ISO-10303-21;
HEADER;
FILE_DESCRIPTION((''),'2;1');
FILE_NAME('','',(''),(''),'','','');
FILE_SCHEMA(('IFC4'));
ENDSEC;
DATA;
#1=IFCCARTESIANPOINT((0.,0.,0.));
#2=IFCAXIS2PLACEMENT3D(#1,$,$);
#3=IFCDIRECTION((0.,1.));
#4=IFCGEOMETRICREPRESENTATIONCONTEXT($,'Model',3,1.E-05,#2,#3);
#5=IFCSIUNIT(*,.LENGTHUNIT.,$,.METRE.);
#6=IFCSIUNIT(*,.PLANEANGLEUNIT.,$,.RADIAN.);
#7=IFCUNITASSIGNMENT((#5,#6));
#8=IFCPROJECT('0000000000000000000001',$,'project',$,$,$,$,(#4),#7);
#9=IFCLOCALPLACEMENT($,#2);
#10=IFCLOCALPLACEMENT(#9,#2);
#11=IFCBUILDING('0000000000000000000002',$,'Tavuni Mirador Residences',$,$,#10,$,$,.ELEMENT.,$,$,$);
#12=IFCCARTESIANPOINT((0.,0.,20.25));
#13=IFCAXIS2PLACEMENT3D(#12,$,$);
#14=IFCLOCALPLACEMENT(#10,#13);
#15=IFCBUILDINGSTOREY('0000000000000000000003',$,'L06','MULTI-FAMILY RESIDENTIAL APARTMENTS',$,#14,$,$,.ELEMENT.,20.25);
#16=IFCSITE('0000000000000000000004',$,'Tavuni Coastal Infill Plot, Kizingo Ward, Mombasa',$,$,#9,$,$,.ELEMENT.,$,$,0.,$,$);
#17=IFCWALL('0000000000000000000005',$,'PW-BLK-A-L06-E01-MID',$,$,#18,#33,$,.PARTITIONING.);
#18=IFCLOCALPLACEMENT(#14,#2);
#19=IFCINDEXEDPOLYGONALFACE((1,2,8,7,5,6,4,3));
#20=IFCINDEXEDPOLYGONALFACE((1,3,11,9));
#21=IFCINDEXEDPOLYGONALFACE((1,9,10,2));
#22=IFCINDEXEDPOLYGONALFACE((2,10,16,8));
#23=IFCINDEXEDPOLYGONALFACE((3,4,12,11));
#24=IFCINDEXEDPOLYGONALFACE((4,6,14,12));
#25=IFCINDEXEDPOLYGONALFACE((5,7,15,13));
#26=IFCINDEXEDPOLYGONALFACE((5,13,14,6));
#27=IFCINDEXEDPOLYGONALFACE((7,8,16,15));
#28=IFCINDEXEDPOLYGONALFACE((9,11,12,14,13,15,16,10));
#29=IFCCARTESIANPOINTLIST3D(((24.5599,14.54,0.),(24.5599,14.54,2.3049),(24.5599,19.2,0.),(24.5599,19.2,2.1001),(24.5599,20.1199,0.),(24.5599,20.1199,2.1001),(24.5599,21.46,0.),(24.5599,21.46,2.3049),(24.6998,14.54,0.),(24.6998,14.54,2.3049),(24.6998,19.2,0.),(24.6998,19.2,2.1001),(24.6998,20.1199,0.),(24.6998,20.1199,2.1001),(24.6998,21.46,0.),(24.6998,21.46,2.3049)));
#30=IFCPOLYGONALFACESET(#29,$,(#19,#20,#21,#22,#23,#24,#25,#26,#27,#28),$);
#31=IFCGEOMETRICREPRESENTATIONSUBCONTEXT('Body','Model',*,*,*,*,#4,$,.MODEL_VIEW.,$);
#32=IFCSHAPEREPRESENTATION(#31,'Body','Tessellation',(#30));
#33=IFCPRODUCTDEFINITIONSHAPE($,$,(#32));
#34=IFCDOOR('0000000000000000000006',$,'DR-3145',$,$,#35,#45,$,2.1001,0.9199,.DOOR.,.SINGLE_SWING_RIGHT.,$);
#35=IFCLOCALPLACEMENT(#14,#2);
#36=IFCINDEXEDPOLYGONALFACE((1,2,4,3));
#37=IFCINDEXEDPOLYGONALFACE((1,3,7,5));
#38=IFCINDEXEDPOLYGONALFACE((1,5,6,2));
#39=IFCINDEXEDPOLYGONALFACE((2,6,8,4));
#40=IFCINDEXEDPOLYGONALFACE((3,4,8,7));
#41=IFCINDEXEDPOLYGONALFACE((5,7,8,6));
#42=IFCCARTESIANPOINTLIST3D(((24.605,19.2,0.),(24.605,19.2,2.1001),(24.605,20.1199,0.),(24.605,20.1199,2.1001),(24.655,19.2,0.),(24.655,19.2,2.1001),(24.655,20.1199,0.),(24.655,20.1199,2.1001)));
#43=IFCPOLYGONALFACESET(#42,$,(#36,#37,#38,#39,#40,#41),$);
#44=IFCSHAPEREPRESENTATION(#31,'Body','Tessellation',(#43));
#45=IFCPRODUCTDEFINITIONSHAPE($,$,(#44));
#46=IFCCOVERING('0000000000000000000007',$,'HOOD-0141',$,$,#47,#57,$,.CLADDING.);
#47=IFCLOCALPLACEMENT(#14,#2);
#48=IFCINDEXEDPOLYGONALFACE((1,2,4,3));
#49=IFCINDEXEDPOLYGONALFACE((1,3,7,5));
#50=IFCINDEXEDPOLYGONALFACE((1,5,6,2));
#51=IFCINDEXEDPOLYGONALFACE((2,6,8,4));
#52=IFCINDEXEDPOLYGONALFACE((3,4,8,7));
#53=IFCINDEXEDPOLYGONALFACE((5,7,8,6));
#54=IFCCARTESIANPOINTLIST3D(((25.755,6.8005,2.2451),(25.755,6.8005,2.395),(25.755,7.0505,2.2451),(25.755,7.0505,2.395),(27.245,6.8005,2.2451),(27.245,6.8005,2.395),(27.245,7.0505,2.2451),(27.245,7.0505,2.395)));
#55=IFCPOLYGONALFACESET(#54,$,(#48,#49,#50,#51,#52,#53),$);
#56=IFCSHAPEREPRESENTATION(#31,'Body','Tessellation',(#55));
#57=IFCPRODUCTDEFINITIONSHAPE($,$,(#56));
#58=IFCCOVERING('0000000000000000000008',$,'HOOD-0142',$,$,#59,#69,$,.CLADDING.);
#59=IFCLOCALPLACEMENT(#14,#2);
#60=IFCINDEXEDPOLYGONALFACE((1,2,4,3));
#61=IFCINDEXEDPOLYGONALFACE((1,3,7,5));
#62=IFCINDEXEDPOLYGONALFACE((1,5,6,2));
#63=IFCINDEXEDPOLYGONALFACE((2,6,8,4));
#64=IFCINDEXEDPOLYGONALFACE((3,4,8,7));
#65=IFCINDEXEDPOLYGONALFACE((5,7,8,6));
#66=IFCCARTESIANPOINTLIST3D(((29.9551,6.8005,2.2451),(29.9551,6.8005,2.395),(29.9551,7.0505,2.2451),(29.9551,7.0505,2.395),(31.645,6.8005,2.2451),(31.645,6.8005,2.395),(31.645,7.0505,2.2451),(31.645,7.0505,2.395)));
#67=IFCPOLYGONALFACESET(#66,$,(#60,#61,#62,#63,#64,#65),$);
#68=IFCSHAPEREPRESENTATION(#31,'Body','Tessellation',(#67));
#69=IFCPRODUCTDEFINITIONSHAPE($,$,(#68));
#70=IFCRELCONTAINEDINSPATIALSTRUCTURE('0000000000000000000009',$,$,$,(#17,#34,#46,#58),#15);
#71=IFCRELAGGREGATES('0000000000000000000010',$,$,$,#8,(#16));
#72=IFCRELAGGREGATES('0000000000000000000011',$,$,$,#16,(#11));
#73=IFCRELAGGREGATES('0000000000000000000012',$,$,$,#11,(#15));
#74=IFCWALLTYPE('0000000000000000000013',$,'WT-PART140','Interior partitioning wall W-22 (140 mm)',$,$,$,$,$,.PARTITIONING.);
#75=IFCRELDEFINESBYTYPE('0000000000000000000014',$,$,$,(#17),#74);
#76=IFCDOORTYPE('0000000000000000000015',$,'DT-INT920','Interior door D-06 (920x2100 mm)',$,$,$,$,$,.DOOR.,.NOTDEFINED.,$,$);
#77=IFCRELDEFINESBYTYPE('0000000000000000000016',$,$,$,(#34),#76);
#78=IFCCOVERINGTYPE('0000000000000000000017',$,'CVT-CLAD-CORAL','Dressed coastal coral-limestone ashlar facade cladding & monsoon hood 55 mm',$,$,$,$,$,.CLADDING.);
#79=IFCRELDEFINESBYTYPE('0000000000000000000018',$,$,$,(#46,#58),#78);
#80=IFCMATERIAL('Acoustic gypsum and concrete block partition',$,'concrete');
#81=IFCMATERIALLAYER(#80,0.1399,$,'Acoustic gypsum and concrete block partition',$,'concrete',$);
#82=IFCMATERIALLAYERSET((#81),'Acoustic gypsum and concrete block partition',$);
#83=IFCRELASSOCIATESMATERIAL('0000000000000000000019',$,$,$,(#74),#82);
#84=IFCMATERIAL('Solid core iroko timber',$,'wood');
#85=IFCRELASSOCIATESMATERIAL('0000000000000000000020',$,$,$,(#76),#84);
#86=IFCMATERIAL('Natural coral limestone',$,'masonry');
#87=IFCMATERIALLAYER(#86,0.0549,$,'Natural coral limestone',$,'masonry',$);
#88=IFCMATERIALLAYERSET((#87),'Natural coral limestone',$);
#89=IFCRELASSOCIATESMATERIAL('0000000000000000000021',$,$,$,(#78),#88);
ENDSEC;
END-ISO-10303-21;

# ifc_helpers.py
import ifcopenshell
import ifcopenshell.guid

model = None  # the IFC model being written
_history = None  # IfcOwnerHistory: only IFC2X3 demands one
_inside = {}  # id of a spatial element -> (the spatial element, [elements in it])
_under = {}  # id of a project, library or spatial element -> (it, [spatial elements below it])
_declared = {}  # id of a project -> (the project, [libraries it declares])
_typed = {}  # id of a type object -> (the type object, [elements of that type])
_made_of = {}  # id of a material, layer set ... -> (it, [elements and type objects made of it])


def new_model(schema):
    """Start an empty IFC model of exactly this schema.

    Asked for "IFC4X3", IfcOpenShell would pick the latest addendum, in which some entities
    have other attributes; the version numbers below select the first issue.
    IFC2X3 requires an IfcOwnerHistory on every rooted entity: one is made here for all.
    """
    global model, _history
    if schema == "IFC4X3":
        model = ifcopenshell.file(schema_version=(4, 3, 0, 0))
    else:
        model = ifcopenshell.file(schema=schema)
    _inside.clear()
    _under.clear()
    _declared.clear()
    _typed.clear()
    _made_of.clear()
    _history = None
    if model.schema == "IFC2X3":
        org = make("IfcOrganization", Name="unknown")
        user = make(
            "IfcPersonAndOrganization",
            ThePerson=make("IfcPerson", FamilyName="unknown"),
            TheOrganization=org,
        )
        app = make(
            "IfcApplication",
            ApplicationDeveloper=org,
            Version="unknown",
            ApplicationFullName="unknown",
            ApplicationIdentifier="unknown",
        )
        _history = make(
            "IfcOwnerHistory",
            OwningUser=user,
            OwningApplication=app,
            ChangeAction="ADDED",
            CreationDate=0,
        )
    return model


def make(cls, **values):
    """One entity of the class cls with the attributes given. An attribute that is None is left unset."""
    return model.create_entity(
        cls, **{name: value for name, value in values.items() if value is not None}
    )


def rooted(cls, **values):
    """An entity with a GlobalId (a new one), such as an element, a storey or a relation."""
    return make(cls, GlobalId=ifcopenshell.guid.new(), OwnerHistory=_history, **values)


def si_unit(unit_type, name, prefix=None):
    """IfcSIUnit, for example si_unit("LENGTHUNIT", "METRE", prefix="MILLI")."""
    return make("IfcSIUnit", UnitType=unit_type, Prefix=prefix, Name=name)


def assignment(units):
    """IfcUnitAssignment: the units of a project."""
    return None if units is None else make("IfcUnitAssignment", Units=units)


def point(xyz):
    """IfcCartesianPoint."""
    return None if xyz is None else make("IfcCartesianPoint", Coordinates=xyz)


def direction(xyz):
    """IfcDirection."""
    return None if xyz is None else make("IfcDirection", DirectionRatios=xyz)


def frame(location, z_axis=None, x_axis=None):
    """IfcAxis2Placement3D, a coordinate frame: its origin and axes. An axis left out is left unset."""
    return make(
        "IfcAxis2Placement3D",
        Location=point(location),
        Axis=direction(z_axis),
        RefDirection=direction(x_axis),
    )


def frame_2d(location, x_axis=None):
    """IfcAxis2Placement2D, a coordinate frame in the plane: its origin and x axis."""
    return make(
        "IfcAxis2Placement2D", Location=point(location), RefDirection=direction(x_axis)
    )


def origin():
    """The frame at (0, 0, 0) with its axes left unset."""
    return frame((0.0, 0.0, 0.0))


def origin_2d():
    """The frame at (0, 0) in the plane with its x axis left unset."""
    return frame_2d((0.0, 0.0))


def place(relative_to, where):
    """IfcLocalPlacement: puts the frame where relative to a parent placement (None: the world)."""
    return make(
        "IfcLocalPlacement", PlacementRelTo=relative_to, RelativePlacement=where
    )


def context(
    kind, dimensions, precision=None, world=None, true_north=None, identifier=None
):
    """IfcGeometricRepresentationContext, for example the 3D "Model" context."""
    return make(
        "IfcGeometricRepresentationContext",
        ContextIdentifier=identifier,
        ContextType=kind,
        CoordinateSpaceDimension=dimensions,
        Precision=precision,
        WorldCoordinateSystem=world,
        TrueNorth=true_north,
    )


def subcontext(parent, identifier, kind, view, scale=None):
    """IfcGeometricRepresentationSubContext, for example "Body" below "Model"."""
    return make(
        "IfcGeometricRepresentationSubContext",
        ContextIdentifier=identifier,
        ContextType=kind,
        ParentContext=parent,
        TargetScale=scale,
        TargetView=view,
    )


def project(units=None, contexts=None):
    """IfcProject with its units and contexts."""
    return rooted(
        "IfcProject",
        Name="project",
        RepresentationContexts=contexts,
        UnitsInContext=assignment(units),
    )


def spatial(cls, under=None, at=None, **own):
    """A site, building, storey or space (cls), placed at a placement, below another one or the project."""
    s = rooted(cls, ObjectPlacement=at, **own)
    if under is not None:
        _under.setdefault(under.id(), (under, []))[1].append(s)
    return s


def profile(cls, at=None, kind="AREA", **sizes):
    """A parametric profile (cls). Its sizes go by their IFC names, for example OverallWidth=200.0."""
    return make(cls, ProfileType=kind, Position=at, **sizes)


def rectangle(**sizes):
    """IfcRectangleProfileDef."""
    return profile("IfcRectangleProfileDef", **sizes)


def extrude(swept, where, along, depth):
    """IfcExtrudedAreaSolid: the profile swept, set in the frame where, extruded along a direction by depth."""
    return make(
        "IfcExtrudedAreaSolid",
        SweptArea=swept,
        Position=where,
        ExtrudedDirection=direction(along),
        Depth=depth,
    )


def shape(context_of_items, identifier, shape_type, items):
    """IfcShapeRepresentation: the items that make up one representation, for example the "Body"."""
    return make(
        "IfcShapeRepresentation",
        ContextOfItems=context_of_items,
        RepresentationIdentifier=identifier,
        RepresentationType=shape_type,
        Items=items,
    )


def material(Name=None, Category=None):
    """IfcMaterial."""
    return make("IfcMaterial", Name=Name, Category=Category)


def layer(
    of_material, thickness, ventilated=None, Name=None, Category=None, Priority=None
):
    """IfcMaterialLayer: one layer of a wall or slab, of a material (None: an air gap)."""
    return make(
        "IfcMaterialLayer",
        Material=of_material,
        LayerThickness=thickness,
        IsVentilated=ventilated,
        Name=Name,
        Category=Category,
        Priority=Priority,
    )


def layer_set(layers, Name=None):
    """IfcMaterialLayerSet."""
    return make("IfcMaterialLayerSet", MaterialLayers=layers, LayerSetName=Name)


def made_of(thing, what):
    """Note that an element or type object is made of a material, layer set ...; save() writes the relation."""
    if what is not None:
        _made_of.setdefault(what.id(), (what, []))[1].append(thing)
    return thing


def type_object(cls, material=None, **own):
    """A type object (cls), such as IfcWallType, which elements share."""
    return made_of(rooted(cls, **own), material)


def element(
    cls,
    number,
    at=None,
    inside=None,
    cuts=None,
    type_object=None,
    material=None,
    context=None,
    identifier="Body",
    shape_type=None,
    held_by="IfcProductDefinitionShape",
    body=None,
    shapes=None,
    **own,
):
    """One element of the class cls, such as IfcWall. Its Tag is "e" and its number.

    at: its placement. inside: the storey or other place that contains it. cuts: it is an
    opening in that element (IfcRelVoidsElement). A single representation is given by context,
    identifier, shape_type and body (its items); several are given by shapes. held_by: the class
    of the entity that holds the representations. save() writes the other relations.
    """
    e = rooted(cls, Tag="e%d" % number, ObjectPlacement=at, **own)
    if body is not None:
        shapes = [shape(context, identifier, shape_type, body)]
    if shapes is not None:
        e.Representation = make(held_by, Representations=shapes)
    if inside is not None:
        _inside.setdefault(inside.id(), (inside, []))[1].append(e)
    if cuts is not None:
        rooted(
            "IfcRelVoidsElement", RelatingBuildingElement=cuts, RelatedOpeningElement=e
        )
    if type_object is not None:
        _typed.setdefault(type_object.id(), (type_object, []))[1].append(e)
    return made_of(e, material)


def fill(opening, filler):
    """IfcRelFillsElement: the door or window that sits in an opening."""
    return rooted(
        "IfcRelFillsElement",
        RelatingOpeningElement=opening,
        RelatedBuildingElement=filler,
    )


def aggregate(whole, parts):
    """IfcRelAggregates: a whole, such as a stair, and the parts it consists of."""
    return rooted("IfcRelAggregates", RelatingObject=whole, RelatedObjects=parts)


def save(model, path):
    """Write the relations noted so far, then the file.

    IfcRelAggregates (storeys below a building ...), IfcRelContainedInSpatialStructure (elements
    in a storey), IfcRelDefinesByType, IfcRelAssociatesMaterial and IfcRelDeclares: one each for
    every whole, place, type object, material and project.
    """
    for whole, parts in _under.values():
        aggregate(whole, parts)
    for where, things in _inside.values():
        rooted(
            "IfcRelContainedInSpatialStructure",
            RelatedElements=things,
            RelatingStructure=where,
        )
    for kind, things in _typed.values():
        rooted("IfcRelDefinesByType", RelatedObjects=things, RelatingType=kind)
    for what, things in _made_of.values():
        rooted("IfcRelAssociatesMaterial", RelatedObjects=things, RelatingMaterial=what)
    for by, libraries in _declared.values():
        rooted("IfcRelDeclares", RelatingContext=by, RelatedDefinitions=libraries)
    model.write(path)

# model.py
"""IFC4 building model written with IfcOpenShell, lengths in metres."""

from ifc_helpers import new_model, si_unit, direction, frame, frame_2d, origin, origin_2d, place, context, subcontext, project, spatial, rectangle, extrude, material, layer, layer_set, type_object, element, fill, save


model = new_model("IFC4")

# Units and contexts
model_context = context("Model", 3, precision=1e-05, world=origin(), true_north=direction((0.0, 1.0)))
body_context = subcontext(model_context, "Body", "Model", "MODEL_VIEW")
ifc_project = project(units=[si_unit("LENGTHUNIT", "METRE"), si_unit("PLANEANGLEUNIT", "RADIAN")], contexts=[model_context])

# Site, building, storey
site_placement = place(None, origin())
site = spatial("IfcSite", under=ifc_project, at=site_placement, Name="Tavuni Coastal Infill Plot, Kizingo Ward, Mombasa", CompositionType="ELEMENT", RefElevation=0.0)
building_placement = place(site_placement, origin())
building = spatial("IfcBuilding", under=site, at=building_placement, Name="Tavuni Mirador Residences", CompositionType="ELEMENT")
storey_placement = place(building_placement, frame((0.0, 0.0, 20.25)))
storey = spatial("IfcBuildingStorey", under=building, at=storey_placement, Name="L06", Description="MULTI-FAMILY RESIDENTIAL APARTMENTS", CompositionType="ELEMENT", Elevation=20.25)

# Wall, opening, door
ifc_material_1 = material(Name="Acoustic gypsum and concrete block partition", Category="concrete")
ifc_material_2 = material(Name="Solid core iroko timber", Category="wood")
ifc_layer_1 = layer(ifc_material_1, 0.1399, Name="Acoustic gypsum and concrete block partition", Category="concrete")
ifc_layer_set_1 = layer_set([ifc_layer_1], Name="Acoustic gypsum and concrete block partition")
wall_type_1 = type_object("IfcWallType", Name="WT-PART140", Description="Interior partitioning wall W-22 (140 mm)", PredefinedType="PARTITIONING", material=ifc_layer_set_1)
wall_1_placement = place(storey_placement, frame((24.6299, 14.54, 0.0), z_axis=(0.0, 0.0, 1.0), x_axis=(0.0, 1.0, 0.0)))
wall_1 = element("IfcWall", 1, at=wall_1_placement, inside=storey, type_object=wall_type_1, Name="PW-BLK-A-L06-E01-MID", PredefinedType="PARTITIONING", context=body_context, shape_type="SweptSolid", body=[
    extrude(rectangle(XDim=6.9199, YDim=0.1399, at=frame_2d((3.46, 0.0))), origin(), (0.0, 0.0, 1.0), 2.3049),
])
opening_1_placement = place(wall_1_placement, frame((4.6599, 0.0, 0.0)))
opening_1 = element("IfcOpeningElement", 2, at=opening_1_placement, cuts=wall_1, PredefinedType="OPENING", context=body_context, shape_type="SweptSolid", body=[
    extrude(rectangle(XDim=0.9199, YDim=2.1001, at=frame_2d((0.46, 1.05))), frame((0.0, 0.0801, 0.0), z_axis=(0.0, -1.0, 0.0), x_axis=(1.0, 0.0, 0.0)), (0.0, 0.0, 1.0), 0.1599),
])
door_type_1 = type_object("IfcDoorType", Name="DT-INT920", Description="Interior door D-06 (920x2100 mm)", OperationType="NOTDEFINED", PredefinedType="DOOR", material=ifc_material_2)
door_1_placement = place(opening_1_placement, origin())
door_1 = element("IfcDoor", 3, at=door_1_placement, inside=storey, type_object=door_type_1, Name="DR-3145", OperationType="SINGLE_SWING_RIGHT", OverallHeight=2.1001, OverallWidth=0.9199, PredefinedType="DOOR", context=body_context, shape_type="SweptSolid", body=[
    extrude(rectangle(XDim=0.9199, YDim=2.1001, at=frame_2d((0.46, 1.05))), frame((0.0, 0.0249, 0.0), z_axis=(0.0, -1.0, 0.0), x_axis=(1.0, 0.0, 0.0)), (0.0, 0.0, 1.0), 0.05),
])
fill(opening_1, door_1)

# Coverings
ifc_material_3 = material(Name="Natural coral limestone", Category="masonry")
ifc_layer_2 = layer(ifc_material_3, 0.0549, Name="Natural coral limestone", Category="masonry")
ifc_layer_set_2 = layer_set([ifc_layer_2], Name="Natural coral limestone")
covering_type = type_object("IfcCoveringType", Name="CVT-CLAD-CORAL", Description="Dressed coastal coral-limestone ashlar facade cladding & monsoon hood 55 mm", PredefinedType="CLADDING", material=ifc_layer_set_2)
covering_1_placement = place(storey_placement, frame((26.5, 6.9255, 2.2451), z_axis=(0.0, 0.0, 1.0), x_axis=(1.0, 0.0, 0.0)))
element("IfcCovering", 4, at=covering_1_placement, inside=storey, type_object=covering_type, Name="HOOD-0141", PredefinedType="CLADDING", context=body_context, shape_type="SweptSolid", body=[
    extrude(rectangle(XDim=1.49, YDim=0.25, at=origin_2d()), origin(), (0.0, 0.0, 1.0), 0.1499),
])
covering_2_placement = place(storey_placement, frame((30.8, 6.9255, 2.2451), z_axis=(0.0, 0.0, 1.0), x_axis=(1.0, 0.0, 0.0)))
element("IfcCovering", 5, at=covering_2_placement, inside=storey, type_object=covering_type, Name="HOOD-0142", PredefinedType="CLADDING", context=body_context, shape_type="SweptSolid", body=[
    extrude(rectangle(XDim=1.6899, YDim=0.25, at=origin_2d()), origin(), (0.0, 0.0, 1.0), 0.1499),
])

save(model, "model.ifc")
